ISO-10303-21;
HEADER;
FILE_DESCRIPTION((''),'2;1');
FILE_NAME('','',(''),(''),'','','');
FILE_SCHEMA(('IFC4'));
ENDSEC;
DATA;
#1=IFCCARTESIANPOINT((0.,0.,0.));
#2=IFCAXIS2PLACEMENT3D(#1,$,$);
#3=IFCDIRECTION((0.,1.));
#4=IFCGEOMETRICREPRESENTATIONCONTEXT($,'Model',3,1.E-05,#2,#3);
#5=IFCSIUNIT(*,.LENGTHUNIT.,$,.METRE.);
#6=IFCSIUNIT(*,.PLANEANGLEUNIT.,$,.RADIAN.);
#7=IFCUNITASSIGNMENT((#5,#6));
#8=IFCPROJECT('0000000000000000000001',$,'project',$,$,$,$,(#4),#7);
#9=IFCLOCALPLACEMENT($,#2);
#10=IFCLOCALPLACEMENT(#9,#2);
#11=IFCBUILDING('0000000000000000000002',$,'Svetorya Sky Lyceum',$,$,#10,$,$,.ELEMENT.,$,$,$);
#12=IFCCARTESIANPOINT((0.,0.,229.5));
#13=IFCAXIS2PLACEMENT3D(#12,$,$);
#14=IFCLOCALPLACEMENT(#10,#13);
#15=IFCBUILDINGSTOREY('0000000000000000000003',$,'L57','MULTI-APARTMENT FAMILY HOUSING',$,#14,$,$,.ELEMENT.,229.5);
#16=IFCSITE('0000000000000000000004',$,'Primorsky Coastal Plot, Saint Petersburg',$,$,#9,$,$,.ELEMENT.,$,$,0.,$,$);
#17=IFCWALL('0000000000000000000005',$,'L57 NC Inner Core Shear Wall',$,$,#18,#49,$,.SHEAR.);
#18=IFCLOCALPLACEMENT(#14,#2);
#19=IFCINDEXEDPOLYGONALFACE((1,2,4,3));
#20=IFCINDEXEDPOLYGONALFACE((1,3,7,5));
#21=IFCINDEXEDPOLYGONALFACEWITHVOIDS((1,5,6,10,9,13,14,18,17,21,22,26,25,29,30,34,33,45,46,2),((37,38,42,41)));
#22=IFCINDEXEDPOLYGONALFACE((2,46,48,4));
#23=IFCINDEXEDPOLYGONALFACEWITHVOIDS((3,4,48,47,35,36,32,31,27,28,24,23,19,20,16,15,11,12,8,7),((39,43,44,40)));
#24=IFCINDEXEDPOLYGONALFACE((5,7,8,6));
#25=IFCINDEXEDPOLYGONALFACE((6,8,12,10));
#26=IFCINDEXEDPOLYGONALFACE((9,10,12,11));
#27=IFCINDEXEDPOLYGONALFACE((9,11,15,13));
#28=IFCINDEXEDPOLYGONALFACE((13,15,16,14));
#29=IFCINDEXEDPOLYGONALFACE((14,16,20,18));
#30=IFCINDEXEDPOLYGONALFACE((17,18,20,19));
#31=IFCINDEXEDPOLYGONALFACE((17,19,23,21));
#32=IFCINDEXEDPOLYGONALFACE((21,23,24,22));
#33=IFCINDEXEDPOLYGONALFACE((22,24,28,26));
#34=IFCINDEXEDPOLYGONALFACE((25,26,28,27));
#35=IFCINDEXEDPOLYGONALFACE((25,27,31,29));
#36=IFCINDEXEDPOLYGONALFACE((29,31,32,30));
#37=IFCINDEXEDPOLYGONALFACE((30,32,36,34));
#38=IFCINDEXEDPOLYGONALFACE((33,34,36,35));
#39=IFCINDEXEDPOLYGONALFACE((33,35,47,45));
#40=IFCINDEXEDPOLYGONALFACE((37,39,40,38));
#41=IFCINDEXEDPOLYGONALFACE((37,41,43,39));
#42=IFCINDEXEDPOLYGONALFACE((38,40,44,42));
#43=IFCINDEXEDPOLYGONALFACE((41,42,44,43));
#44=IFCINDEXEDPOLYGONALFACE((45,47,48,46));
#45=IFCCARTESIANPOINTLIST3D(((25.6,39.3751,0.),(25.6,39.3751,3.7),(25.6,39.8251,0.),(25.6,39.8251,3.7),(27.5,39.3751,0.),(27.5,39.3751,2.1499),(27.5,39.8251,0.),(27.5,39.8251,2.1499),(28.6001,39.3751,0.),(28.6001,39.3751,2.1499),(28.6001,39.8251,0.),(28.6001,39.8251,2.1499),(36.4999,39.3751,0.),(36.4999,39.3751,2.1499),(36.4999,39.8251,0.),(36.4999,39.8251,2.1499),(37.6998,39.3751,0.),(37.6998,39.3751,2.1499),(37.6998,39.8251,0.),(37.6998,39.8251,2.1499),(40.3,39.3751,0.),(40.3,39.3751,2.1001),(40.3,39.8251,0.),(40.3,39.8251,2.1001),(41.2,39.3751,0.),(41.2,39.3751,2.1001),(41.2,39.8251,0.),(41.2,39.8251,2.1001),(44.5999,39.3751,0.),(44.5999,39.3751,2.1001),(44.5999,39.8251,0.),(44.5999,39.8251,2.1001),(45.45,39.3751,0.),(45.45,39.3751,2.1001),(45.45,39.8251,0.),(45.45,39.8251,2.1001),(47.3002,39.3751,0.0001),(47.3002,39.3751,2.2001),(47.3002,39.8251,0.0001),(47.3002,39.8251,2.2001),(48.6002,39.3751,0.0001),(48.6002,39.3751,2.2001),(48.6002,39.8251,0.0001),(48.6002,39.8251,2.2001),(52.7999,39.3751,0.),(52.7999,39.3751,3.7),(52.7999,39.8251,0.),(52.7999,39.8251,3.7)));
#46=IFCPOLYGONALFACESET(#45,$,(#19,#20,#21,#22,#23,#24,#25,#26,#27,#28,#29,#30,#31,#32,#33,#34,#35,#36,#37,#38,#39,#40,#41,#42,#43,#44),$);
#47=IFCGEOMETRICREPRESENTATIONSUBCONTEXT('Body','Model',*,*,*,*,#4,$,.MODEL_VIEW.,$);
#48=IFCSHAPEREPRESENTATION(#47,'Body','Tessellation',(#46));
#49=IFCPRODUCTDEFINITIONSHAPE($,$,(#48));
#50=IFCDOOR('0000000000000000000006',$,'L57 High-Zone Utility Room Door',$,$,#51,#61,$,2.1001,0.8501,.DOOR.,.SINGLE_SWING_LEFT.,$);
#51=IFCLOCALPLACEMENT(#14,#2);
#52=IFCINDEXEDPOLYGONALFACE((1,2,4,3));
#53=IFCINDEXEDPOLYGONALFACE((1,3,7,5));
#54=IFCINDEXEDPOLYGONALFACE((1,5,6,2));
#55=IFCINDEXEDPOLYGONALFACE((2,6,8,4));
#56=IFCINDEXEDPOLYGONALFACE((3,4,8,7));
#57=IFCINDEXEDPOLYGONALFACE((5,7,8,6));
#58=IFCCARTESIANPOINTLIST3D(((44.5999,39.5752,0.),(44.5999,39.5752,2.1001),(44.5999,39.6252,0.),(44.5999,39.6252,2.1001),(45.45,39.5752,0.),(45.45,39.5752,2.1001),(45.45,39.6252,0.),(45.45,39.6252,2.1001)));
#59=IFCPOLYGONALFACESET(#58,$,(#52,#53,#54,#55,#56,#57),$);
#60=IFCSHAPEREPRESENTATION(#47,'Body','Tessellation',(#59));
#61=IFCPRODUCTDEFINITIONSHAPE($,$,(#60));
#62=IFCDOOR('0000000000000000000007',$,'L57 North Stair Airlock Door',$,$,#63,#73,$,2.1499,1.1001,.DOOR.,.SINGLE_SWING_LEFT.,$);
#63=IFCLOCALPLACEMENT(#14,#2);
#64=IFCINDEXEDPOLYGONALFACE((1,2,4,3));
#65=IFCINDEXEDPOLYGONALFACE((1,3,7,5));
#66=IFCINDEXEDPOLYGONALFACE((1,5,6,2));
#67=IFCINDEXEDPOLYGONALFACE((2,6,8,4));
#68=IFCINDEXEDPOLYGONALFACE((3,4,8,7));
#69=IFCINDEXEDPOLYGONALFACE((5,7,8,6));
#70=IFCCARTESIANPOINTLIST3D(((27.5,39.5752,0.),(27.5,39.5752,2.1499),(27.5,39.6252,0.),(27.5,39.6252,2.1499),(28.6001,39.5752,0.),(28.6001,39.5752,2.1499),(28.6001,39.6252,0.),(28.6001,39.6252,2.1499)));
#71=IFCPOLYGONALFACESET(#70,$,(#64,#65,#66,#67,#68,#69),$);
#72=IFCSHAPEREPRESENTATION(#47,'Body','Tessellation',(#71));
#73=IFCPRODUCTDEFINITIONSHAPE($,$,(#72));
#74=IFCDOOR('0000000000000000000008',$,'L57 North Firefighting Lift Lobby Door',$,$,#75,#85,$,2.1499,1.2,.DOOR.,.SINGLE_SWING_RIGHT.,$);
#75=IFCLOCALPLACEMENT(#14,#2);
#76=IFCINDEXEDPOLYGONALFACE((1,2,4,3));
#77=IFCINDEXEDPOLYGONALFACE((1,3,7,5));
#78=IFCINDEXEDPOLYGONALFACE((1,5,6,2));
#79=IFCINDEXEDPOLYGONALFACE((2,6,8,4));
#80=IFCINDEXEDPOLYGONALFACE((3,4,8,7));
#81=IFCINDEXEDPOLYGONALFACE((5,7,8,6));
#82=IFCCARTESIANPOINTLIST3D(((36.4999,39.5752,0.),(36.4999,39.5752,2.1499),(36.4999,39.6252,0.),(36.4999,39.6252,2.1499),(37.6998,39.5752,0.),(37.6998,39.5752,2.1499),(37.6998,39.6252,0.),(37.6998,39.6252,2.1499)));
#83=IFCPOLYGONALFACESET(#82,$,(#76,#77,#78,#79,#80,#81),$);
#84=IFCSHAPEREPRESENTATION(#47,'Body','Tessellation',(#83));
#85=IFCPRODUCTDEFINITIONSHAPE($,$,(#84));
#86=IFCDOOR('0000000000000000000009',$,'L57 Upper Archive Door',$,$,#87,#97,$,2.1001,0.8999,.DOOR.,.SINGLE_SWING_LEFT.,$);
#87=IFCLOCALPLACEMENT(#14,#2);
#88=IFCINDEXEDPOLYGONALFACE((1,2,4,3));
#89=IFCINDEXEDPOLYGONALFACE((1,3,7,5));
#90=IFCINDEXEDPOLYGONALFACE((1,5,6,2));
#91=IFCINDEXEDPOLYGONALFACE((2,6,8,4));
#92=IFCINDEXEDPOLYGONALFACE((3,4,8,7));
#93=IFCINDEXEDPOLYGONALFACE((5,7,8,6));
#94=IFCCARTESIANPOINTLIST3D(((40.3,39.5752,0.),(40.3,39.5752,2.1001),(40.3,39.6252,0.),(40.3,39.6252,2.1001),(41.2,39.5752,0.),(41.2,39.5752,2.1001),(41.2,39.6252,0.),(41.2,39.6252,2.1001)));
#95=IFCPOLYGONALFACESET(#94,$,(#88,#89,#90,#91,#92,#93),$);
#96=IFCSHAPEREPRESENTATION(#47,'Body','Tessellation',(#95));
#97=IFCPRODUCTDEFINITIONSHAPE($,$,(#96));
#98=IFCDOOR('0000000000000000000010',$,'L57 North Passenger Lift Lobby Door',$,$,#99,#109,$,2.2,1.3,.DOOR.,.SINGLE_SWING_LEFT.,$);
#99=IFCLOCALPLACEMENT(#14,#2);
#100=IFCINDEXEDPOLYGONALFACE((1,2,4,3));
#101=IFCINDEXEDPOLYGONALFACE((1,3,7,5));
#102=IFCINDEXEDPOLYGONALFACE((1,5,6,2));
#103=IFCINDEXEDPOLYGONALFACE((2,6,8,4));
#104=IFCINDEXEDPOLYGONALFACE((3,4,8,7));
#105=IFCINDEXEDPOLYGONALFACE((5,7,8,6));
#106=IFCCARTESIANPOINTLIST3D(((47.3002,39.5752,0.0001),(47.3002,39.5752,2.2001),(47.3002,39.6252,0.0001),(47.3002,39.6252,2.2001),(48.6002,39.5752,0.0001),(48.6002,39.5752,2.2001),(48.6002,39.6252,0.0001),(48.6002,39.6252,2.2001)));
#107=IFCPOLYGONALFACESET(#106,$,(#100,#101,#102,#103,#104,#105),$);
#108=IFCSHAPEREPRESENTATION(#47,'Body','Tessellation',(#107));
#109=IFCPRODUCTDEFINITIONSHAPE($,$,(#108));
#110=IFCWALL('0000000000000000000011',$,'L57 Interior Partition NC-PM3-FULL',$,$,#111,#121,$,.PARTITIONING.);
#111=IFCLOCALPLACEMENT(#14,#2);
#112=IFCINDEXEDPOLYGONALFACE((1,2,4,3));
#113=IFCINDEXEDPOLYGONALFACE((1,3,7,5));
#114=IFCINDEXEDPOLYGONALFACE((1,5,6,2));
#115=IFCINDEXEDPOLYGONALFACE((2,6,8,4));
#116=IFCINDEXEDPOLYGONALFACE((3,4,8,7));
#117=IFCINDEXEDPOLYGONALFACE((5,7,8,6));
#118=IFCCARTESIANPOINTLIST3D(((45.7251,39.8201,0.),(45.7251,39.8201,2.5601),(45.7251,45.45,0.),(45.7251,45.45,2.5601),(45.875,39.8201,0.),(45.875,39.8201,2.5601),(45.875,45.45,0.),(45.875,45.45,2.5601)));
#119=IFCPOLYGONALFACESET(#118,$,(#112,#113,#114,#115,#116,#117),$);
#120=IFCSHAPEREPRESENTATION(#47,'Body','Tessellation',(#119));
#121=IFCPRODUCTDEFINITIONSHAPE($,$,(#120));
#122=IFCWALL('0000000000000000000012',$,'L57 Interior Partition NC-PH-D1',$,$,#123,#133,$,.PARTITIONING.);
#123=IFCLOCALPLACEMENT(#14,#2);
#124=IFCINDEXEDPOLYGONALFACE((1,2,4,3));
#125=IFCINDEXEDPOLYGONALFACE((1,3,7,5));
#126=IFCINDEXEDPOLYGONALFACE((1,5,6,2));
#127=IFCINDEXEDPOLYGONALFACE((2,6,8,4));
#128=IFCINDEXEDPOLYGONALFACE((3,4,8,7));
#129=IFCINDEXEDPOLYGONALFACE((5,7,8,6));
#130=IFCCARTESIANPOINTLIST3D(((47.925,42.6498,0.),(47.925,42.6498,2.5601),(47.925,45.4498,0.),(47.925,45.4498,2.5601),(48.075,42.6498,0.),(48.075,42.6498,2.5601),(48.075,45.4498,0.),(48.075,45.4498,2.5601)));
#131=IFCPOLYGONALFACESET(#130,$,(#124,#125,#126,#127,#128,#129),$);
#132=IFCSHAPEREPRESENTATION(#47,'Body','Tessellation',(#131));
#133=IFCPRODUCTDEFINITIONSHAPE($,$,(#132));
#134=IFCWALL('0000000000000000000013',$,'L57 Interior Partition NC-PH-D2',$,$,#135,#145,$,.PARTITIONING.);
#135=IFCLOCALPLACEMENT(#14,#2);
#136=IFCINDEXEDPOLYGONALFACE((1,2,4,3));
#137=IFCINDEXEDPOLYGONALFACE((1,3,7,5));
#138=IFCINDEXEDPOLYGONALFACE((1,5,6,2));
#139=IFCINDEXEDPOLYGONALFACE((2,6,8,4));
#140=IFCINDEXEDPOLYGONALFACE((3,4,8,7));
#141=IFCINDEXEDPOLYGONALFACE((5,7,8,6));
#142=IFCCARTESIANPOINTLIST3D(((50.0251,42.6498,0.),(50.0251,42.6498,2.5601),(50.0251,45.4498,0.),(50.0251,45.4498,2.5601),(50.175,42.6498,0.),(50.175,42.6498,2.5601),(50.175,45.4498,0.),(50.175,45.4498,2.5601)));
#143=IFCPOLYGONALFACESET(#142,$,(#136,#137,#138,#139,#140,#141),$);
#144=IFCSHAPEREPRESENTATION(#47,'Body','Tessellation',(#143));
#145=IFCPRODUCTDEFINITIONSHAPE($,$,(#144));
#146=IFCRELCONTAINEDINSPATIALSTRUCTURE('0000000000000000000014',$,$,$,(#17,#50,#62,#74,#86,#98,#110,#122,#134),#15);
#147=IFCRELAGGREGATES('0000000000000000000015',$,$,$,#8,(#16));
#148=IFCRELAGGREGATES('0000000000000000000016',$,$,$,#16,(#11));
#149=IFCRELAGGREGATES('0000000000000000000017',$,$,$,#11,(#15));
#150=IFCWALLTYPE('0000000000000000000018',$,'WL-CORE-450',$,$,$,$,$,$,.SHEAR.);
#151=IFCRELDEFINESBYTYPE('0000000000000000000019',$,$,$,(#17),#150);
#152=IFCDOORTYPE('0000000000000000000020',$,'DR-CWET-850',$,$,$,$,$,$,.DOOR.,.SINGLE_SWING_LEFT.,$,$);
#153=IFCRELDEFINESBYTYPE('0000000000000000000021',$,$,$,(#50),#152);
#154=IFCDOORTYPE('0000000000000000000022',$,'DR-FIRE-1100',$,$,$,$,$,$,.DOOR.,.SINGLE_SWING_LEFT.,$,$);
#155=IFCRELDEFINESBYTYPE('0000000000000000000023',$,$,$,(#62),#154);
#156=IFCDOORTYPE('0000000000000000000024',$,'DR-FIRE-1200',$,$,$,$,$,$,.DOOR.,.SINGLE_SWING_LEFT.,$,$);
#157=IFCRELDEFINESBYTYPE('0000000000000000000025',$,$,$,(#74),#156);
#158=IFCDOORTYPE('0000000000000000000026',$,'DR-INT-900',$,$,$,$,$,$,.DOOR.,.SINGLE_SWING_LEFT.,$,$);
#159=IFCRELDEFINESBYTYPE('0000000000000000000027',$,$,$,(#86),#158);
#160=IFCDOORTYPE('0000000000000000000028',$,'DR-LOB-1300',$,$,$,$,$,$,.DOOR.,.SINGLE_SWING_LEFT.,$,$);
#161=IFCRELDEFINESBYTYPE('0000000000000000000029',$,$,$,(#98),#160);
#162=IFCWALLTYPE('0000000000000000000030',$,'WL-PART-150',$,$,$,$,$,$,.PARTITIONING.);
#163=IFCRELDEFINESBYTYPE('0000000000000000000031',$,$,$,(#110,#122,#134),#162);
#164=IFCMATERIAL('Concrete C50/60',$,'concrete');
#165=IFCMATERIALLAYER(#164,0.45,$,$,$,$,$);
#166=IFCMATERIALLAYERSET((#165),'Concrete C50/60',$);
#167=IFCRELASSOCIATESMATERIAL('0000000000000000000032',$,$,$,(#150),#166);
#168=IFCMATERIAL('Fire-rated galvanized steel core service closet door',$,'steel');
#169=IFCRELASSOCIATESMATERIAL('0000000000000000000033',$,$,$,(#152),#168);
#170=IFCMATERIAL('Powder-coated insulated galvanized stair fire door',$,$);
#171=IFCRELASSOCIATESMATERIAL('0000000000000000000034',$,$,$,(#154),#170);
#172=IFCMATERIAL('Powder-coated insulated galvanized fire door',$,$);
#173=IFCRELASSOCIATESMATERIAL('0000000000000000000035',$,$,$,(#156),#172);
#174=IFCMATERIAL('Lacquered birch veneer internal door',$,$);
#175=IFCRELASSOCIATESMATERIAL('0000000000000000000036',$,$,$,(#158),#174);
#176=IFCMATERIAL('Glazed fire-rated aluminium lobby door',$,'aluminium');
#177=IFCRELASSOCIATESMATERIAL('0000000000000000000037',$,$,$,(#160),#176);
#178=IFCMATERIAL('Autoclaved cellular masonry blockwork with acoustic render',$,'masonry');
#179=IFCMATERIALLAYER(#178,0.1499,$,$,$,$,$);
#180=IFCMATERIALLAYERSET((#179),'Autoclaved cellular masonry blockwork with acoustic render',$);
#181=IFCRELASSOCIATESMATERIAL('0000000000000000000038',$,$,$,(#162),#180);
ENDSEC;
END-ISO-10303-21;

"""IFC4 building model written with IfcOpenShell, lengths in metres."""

from ifc_helpers import new_model, si_unit, direction, frame, frame_2d, origin, place, context, subcontext, project, spatial, rectangle, extrude, material, layer, layer_set, type_object, element, fill, save


model = new_model("IFC4")

# Units and contexts
model_context = context("Model", 3, precision=1e-05, world=origin(), true_north=direction((0.0, 1.0)))
body_context = subcontext(model_context, "Body", "Model", "MODEL_VIEW")
ifc_project = project(units=[si_unit("LENGTHUNIT", "METRE"), si_unit("PLANEANGLEUNIT", "RADIAN")], contexts=[model_context])

# Site, building, storey
site_placement = place(None, origin())
site = spatial("IfcSite", under=ifc_project, at=site_placement, Name="Primorsky Coastal Plot, Saint Petersburg", CompositionType="ELEMENT", RefElevation=0.0)
building_placement = place(site_placement, origin())
building = spatial("IfcBuilding", under=site, at=building_placement, Name="Svetorya Sky Lyceum", CompositionType="ELEMENT")
storey_placement = place(building_placement, frame((0.0, 0.0, 229.5)))
storey = spatial("IfcBuildingStorey", under=building, at=storey_placement, Name="L57", Description="MULTI-APARTMENT FAMILY HOUSING", CompositionType="ELEMENT", Elevation=229.5)

# Shared definitions
ifc_material_1 = material(Name="Concrete C50/60", Category="concrete")

# Wall, openings, doors
ifc_layer_1 = layer(ifc_material_1, 0.45)
ifc_layer_set_1 = layer_set([ifc_layer_1], Name="Concrete C50/60")
wall_type_1 = type_object("IfcWallType", Name="WL-CORE-450", PredefinedType="SHEAR", material=ifc_layer_set_1)
wall_1_placement = place(storey_placement, frame((52.8, 39.6001, 0.0), z_axis=(0.0, 0.0, 1.0), x_axis=(-1.0, 0.0, 0.0)))
wall_1 = element("IfcWall", 1, at=wall_1_placement, inside=storey, type_object=wall_type_1, Name="L57 NC Inner Core Shear Wall", PredefinedType="SHEAR", context=body_context, shape_type="SweptSolid", body=[
    extrude(rectangle(XDim=27.2, YDim=0.45, at=frame_2d((13.6001, 0.0))), origin(), (0.0, 0.0, 1.0), 3.7),
])
opening_1_placement = place(wall_1_placement, frame((24.2, 0.0, 0.0)))
opening_1 = element("IfcOpeningElement", 2, at=opening_1_placement, cuts=wall_1, PredefinedType="OPENING", context=body_context, shape_type="SweptSolid", body=[
    extrude(rectangle(XDim=1.1001, YDim=2.1499, at=frame_2d((0.55, 1.075))), frame((0.0, 0.2349, 0.0), z_axis=(0.0, -1.0, 0.0), x_axis=(1.0, 0.0, 0.0)), (0.0, 0.0, 1.0), 0.47),
])
opening_2_placement = place(wall_1_placement, frame((15.1001, 0.0, 0.0)))
opening_2 = element("IfcOpeningElement", 3, at=opening_2_placement, cuts=wall_1, PredefinedType="OPENING", context=body_context, shape_type="SweptSolid", body=[
    extrude(rectangle(XDim=1.2, YDim=2.1499, at=frame_2d((0.6001, 1.075))), frame((0.0, 0.2349, 0.0), z_axis=(0.0, -1.0, 0.0), x_axis=(1.0, 0.0, 0.0)), (0.0, 0.0, 1.0), 0.47),
])
opening_3_placement = place(wall_1_placement, frame((11.6001, 0.0, 0.0)))
opening_3 = element("IfcOpeningElement", 4, at=opening_3_placement, cuts=wall_1, PredefinedType="OPENING", context=body_context, shape_type="SweptSolid", body=[
    extrude(rectangle(XDim=0.8999, YDim=2.1001, at=frame_2d((0.45, 1.05))), frame((0.0, 0.2349, 0.0), z_axis=(0.0, -1.0, 0.0), x_axis=(1.0, 0.0, 0.0)), (0.0, 0.0, 1.0), 0.47),
])
opening_4_placement = place(wall_1_placement, frame((7.3501, 0.0, 0.0)))
opening_4 = element("IfcOpeningElement", 5, at=opening_4_placement, cuts=wall_1, PredefinedType="OPENING", context=body_context, shape_type="SweptSolid", body=[
    extrude(rectangle(XDim=0.8501, YDim=2.1001, at=frame_2d((0.425, 1.05))), frame((0.0, 0.2349, 0.0), z_axis=(0.0, -1.0, 0.0), x_axis=(1.0, 0.0, 0.0)), (0.0, 0.0, 1.0), 0.47),
])
opening_5_placement = place(wall_1_placement, frame((4.2, 0.0, 0.0)))
opening_5 = element("IfcOpeningElement", 6, at=opening_5_placement, cuts=wall_1, PredefinedType="OPENING", context=body_context, shape_type="SweptSolid", body=[
    extrude(rectangle(XDim=1.3, YDim=2.2, at=frame_2d((0.6499, 1.1001))), frame((0.0, 0.2349, 0.0), z_axis=(0.0, -1.0, 0.0), x_axis=(1.0, 0.0, 0.0)), (0.0, 0.0, 1.0), 0.47),
])
ifc_material_2 = material(Name="Fire-rated galvanized steel core service closet door", Category="steel")
door_type_1 = type_object("IfcDoorType", Name="DR-CWET-850", OperationType="SINGLE_SWING_LEFT", PredefinedType="DOOR", material=ifc_material_2)
door_1_placement = place(opening_4_placement, origin())
door_1 = element("IfcDoor", 7, at=door_1_placement, inside=storey, type_object=door_type_1, Name="L57 High-Zone Utility Room Door", OperationType="SINGLE_SWING_LEFT", OverallHeight=2.1001, OverallWidth=0.8501, PredefinedType="DOOR", context=body_context, shape_type="SweptSolid", body=[
    extrude(rectangle(XDim=0.8501, YDim=2.1001, at=frame_2d((0.425, 1.05))), frame((0.0, 0.0249, 0.0), z_axis=(0.0, -1.0, 0.0), x_axis=(1.0, 0.0, 0.0)), (0.0, 0.0, 1.0), 0.05),
])
fill(opening_4, door_1)
ifc_material_3 = material(Name="Powder-coated insulated galvanized stair fire door")
door_type_2 = type_object("IfcDoorType", Name="DR-FIRE-1100", OperationType="SINGLE_SWING_LEFT", PredefinedType="DOOR", material=ifc_material_3)
door_2_placement = place(opening_1_placement, origin())
door_2 = element("IfcDoor", 8, at=door_2_placement, inside=storey, type_object=door_type_2, Name="L57 North Stair Airlock Door", OperationType="SINGLE_SWING_LEFT", OverallHeight=2.1499, OverallWidth=1.1001, PredefinedType="DOOR", context=body_context, shape_type="SweptSolid", body=[
    extrude(rectangle(XDim=1.1001, YDim=2.1499, at=frame_2d((0.55, 1.075))), frame((0.0, 0.0249, 0.0), z_axis=(0.0, -1.0, 0.0), x_axis=(1.0, 0.0, 0.0)), (0.0, 0.0, 1.0), 0.05),
])
fill(opening_1, door_2)
ifc_material_4 = material(Name="Powder-coated insulated galvanized fire door")
door_type_3 = type_object("IfcDoorType", Name="DR-FIRE-1200", OperationType="SINGLE_SWING_LEFT", PredefinedType="DOOR", material=ifc_material_4)
door_3_placement = place(opening_2_placement, origin())
door_3 = element("IfcDoor", 9, at=door_3_placement, inside=storey, type_object=door_type_3, Name="L57 North Firefighting Lift Lobby Door", OperationType="SINGLE_SWING_RIGHT", OverallHeight=2.1499, OverallWidth=1.2, PredefinedType="DOOR", context=body_context, shape_type="SweptSolid", body=[
    extrude(rectangle(XDim=1.2, YDim=2.1499, at=frame_2d((0.6001, 1.075))), frame((0.0, 0.0249, 0.0), z_axis=(0.0, -1.0, 0.0), x_axis=(1.0, 0.0, 0.0)), (0.0, 0.0, 1.0), 0.05),
])
fill(opening_2, door_3)
ifc_material_5 = material(Name="Lacquered birch veneer internal door")
door_type_4 = type_object("IfcDoorType", Name="DR-INT-900", OperationType="SINGLE_SWING_LEFT", PredefinedType="DOOR", material=ifc_material_5)
door_4_placement = place(opening_3_placement, origin())
door_4 = element("IfcDoor", 10, at=door_4_placement, inside=storey, type_object=door_type_4, Name="L57 Upper Archive Door", OperationType="SINGLE_SWING_LEFT", OverallHeight=2.1001, OverallWidth=0.8999, PredefinedType="DOOR", context=body_context, shape_type="SweptSolid", body=[
    extrude(rectangle(XDim=0.8999, YDim=2.1001, at=frame_2d((0.45, 1.05))), frame((0.0, 0.0249, 0.0), z_axis=(0.0, -1.0, 0.0), x_axis=(1.0, 0.0, 0.0)), (0.0, 0.0, 1.0), 0.05),
])
fill(opening_3, door_4)
ifc_material_6 = material(Name="Glazed fire-rated aluminium lobby door", Category="aluminium")
door_type_5 = type_object("IfcDoorType", Name="DR-LOB-1300", OperationType="SINGLE_SWING_LEFT", PredefinedType="DOOR", material=ifc_material_6)
door_5_placement = place(opening_5_placement, origin())
door_5 = element("IfcDoor", 11, at=door_5_placement, inside=storey, type_object=door_type_5, Name="L57 North Passenger Lift Lobby Door", OperationType="SINGLE_SWING_LEFT", OverallHeight=2.2, OverallWidth=1.3, PredefinedType="DOOR", context=body_context, shape_type="SweptSolid", body=[
    extrude(rectangle(XDim=1.3, YDim=2.2, at=frame_2d((0.6499, 1.1001))), frame((0.0, 0.0249, 0.0), z_axis=(0.0, -1.0, 0.0), x_axis=(1.0, 0.0, 0.0)), (0.0, 0.0, 1.0), 0.05),
])
fill(opening_5, door_5)

# Walls
ifc_material_7 = material(Name="Autoclaved cellular masonry blockwork with acoustic render", Category="masonry")
ifc_layer_2 = layer(ifc_material_7, 0.1499)
ifc_layer_set_2 = layer_set([ifc_layer_2], Name="Autoclaved cellular masonry blockwork with acoustic render")
wall_type_2 = type_object("IfcWallType", Name="WL-PART-150", PredefinedType="PARTITIONING", material=ifc_layer_set_2)
wall_2_placement = place(storey_placement, frame((45.8, 39.8201, 0.0), z_axis=(0.0, 0.0, 1.0), x_axis=(0.0, 1.0, 0.0)))
element("IfcWall", 12, at=wall_2_placement, inside=storey, type_object=wall_type_2, Name="L57 Interior Partition NC-PM3-FULL", PredefinedType="PARTITIONING", context=body_context, shape_type="SweptSolid", body=[
    extrude(rectangle(XDim=5.6299, YDim=0.1499, at=frame_2d((2.8149, 0.0))), origin(), (0.0, 0.0, 1.0), 2.5601),
])
for number, where, z_axis, x_axis, name in (
    (13, (48.0, 42.6499, 0.0), (0.0, 0.0, 1.0), (0.0, 1.0, 0.0), "L57 Interior Partition NC-PH-D1"),
    (14, (50.1001, 42.6499, 0.0), (0.0, 0.0, 1.0), (0.0, 1.0, 0.0), "L57 Interior Partition NC-PH-D2"),
):
    element("IfcWall", number, at=place(storey_placement, frame(where, z_axis=z_axis, x_axis=x_axis)), inside=storey, type_object=wall_type_2, Name=name, PredefinedType="PARTITIONING", context=body_context, shape_type="SweptSolid", body=[
        extrude(rectangle(XDim=2.8, YDim=0.1499, at=frame_2d((1.3999, 0.0))), origin(), (0.0, 0.0, 1.0), 2.5601),
    ])

save(model, "model.ifc")
